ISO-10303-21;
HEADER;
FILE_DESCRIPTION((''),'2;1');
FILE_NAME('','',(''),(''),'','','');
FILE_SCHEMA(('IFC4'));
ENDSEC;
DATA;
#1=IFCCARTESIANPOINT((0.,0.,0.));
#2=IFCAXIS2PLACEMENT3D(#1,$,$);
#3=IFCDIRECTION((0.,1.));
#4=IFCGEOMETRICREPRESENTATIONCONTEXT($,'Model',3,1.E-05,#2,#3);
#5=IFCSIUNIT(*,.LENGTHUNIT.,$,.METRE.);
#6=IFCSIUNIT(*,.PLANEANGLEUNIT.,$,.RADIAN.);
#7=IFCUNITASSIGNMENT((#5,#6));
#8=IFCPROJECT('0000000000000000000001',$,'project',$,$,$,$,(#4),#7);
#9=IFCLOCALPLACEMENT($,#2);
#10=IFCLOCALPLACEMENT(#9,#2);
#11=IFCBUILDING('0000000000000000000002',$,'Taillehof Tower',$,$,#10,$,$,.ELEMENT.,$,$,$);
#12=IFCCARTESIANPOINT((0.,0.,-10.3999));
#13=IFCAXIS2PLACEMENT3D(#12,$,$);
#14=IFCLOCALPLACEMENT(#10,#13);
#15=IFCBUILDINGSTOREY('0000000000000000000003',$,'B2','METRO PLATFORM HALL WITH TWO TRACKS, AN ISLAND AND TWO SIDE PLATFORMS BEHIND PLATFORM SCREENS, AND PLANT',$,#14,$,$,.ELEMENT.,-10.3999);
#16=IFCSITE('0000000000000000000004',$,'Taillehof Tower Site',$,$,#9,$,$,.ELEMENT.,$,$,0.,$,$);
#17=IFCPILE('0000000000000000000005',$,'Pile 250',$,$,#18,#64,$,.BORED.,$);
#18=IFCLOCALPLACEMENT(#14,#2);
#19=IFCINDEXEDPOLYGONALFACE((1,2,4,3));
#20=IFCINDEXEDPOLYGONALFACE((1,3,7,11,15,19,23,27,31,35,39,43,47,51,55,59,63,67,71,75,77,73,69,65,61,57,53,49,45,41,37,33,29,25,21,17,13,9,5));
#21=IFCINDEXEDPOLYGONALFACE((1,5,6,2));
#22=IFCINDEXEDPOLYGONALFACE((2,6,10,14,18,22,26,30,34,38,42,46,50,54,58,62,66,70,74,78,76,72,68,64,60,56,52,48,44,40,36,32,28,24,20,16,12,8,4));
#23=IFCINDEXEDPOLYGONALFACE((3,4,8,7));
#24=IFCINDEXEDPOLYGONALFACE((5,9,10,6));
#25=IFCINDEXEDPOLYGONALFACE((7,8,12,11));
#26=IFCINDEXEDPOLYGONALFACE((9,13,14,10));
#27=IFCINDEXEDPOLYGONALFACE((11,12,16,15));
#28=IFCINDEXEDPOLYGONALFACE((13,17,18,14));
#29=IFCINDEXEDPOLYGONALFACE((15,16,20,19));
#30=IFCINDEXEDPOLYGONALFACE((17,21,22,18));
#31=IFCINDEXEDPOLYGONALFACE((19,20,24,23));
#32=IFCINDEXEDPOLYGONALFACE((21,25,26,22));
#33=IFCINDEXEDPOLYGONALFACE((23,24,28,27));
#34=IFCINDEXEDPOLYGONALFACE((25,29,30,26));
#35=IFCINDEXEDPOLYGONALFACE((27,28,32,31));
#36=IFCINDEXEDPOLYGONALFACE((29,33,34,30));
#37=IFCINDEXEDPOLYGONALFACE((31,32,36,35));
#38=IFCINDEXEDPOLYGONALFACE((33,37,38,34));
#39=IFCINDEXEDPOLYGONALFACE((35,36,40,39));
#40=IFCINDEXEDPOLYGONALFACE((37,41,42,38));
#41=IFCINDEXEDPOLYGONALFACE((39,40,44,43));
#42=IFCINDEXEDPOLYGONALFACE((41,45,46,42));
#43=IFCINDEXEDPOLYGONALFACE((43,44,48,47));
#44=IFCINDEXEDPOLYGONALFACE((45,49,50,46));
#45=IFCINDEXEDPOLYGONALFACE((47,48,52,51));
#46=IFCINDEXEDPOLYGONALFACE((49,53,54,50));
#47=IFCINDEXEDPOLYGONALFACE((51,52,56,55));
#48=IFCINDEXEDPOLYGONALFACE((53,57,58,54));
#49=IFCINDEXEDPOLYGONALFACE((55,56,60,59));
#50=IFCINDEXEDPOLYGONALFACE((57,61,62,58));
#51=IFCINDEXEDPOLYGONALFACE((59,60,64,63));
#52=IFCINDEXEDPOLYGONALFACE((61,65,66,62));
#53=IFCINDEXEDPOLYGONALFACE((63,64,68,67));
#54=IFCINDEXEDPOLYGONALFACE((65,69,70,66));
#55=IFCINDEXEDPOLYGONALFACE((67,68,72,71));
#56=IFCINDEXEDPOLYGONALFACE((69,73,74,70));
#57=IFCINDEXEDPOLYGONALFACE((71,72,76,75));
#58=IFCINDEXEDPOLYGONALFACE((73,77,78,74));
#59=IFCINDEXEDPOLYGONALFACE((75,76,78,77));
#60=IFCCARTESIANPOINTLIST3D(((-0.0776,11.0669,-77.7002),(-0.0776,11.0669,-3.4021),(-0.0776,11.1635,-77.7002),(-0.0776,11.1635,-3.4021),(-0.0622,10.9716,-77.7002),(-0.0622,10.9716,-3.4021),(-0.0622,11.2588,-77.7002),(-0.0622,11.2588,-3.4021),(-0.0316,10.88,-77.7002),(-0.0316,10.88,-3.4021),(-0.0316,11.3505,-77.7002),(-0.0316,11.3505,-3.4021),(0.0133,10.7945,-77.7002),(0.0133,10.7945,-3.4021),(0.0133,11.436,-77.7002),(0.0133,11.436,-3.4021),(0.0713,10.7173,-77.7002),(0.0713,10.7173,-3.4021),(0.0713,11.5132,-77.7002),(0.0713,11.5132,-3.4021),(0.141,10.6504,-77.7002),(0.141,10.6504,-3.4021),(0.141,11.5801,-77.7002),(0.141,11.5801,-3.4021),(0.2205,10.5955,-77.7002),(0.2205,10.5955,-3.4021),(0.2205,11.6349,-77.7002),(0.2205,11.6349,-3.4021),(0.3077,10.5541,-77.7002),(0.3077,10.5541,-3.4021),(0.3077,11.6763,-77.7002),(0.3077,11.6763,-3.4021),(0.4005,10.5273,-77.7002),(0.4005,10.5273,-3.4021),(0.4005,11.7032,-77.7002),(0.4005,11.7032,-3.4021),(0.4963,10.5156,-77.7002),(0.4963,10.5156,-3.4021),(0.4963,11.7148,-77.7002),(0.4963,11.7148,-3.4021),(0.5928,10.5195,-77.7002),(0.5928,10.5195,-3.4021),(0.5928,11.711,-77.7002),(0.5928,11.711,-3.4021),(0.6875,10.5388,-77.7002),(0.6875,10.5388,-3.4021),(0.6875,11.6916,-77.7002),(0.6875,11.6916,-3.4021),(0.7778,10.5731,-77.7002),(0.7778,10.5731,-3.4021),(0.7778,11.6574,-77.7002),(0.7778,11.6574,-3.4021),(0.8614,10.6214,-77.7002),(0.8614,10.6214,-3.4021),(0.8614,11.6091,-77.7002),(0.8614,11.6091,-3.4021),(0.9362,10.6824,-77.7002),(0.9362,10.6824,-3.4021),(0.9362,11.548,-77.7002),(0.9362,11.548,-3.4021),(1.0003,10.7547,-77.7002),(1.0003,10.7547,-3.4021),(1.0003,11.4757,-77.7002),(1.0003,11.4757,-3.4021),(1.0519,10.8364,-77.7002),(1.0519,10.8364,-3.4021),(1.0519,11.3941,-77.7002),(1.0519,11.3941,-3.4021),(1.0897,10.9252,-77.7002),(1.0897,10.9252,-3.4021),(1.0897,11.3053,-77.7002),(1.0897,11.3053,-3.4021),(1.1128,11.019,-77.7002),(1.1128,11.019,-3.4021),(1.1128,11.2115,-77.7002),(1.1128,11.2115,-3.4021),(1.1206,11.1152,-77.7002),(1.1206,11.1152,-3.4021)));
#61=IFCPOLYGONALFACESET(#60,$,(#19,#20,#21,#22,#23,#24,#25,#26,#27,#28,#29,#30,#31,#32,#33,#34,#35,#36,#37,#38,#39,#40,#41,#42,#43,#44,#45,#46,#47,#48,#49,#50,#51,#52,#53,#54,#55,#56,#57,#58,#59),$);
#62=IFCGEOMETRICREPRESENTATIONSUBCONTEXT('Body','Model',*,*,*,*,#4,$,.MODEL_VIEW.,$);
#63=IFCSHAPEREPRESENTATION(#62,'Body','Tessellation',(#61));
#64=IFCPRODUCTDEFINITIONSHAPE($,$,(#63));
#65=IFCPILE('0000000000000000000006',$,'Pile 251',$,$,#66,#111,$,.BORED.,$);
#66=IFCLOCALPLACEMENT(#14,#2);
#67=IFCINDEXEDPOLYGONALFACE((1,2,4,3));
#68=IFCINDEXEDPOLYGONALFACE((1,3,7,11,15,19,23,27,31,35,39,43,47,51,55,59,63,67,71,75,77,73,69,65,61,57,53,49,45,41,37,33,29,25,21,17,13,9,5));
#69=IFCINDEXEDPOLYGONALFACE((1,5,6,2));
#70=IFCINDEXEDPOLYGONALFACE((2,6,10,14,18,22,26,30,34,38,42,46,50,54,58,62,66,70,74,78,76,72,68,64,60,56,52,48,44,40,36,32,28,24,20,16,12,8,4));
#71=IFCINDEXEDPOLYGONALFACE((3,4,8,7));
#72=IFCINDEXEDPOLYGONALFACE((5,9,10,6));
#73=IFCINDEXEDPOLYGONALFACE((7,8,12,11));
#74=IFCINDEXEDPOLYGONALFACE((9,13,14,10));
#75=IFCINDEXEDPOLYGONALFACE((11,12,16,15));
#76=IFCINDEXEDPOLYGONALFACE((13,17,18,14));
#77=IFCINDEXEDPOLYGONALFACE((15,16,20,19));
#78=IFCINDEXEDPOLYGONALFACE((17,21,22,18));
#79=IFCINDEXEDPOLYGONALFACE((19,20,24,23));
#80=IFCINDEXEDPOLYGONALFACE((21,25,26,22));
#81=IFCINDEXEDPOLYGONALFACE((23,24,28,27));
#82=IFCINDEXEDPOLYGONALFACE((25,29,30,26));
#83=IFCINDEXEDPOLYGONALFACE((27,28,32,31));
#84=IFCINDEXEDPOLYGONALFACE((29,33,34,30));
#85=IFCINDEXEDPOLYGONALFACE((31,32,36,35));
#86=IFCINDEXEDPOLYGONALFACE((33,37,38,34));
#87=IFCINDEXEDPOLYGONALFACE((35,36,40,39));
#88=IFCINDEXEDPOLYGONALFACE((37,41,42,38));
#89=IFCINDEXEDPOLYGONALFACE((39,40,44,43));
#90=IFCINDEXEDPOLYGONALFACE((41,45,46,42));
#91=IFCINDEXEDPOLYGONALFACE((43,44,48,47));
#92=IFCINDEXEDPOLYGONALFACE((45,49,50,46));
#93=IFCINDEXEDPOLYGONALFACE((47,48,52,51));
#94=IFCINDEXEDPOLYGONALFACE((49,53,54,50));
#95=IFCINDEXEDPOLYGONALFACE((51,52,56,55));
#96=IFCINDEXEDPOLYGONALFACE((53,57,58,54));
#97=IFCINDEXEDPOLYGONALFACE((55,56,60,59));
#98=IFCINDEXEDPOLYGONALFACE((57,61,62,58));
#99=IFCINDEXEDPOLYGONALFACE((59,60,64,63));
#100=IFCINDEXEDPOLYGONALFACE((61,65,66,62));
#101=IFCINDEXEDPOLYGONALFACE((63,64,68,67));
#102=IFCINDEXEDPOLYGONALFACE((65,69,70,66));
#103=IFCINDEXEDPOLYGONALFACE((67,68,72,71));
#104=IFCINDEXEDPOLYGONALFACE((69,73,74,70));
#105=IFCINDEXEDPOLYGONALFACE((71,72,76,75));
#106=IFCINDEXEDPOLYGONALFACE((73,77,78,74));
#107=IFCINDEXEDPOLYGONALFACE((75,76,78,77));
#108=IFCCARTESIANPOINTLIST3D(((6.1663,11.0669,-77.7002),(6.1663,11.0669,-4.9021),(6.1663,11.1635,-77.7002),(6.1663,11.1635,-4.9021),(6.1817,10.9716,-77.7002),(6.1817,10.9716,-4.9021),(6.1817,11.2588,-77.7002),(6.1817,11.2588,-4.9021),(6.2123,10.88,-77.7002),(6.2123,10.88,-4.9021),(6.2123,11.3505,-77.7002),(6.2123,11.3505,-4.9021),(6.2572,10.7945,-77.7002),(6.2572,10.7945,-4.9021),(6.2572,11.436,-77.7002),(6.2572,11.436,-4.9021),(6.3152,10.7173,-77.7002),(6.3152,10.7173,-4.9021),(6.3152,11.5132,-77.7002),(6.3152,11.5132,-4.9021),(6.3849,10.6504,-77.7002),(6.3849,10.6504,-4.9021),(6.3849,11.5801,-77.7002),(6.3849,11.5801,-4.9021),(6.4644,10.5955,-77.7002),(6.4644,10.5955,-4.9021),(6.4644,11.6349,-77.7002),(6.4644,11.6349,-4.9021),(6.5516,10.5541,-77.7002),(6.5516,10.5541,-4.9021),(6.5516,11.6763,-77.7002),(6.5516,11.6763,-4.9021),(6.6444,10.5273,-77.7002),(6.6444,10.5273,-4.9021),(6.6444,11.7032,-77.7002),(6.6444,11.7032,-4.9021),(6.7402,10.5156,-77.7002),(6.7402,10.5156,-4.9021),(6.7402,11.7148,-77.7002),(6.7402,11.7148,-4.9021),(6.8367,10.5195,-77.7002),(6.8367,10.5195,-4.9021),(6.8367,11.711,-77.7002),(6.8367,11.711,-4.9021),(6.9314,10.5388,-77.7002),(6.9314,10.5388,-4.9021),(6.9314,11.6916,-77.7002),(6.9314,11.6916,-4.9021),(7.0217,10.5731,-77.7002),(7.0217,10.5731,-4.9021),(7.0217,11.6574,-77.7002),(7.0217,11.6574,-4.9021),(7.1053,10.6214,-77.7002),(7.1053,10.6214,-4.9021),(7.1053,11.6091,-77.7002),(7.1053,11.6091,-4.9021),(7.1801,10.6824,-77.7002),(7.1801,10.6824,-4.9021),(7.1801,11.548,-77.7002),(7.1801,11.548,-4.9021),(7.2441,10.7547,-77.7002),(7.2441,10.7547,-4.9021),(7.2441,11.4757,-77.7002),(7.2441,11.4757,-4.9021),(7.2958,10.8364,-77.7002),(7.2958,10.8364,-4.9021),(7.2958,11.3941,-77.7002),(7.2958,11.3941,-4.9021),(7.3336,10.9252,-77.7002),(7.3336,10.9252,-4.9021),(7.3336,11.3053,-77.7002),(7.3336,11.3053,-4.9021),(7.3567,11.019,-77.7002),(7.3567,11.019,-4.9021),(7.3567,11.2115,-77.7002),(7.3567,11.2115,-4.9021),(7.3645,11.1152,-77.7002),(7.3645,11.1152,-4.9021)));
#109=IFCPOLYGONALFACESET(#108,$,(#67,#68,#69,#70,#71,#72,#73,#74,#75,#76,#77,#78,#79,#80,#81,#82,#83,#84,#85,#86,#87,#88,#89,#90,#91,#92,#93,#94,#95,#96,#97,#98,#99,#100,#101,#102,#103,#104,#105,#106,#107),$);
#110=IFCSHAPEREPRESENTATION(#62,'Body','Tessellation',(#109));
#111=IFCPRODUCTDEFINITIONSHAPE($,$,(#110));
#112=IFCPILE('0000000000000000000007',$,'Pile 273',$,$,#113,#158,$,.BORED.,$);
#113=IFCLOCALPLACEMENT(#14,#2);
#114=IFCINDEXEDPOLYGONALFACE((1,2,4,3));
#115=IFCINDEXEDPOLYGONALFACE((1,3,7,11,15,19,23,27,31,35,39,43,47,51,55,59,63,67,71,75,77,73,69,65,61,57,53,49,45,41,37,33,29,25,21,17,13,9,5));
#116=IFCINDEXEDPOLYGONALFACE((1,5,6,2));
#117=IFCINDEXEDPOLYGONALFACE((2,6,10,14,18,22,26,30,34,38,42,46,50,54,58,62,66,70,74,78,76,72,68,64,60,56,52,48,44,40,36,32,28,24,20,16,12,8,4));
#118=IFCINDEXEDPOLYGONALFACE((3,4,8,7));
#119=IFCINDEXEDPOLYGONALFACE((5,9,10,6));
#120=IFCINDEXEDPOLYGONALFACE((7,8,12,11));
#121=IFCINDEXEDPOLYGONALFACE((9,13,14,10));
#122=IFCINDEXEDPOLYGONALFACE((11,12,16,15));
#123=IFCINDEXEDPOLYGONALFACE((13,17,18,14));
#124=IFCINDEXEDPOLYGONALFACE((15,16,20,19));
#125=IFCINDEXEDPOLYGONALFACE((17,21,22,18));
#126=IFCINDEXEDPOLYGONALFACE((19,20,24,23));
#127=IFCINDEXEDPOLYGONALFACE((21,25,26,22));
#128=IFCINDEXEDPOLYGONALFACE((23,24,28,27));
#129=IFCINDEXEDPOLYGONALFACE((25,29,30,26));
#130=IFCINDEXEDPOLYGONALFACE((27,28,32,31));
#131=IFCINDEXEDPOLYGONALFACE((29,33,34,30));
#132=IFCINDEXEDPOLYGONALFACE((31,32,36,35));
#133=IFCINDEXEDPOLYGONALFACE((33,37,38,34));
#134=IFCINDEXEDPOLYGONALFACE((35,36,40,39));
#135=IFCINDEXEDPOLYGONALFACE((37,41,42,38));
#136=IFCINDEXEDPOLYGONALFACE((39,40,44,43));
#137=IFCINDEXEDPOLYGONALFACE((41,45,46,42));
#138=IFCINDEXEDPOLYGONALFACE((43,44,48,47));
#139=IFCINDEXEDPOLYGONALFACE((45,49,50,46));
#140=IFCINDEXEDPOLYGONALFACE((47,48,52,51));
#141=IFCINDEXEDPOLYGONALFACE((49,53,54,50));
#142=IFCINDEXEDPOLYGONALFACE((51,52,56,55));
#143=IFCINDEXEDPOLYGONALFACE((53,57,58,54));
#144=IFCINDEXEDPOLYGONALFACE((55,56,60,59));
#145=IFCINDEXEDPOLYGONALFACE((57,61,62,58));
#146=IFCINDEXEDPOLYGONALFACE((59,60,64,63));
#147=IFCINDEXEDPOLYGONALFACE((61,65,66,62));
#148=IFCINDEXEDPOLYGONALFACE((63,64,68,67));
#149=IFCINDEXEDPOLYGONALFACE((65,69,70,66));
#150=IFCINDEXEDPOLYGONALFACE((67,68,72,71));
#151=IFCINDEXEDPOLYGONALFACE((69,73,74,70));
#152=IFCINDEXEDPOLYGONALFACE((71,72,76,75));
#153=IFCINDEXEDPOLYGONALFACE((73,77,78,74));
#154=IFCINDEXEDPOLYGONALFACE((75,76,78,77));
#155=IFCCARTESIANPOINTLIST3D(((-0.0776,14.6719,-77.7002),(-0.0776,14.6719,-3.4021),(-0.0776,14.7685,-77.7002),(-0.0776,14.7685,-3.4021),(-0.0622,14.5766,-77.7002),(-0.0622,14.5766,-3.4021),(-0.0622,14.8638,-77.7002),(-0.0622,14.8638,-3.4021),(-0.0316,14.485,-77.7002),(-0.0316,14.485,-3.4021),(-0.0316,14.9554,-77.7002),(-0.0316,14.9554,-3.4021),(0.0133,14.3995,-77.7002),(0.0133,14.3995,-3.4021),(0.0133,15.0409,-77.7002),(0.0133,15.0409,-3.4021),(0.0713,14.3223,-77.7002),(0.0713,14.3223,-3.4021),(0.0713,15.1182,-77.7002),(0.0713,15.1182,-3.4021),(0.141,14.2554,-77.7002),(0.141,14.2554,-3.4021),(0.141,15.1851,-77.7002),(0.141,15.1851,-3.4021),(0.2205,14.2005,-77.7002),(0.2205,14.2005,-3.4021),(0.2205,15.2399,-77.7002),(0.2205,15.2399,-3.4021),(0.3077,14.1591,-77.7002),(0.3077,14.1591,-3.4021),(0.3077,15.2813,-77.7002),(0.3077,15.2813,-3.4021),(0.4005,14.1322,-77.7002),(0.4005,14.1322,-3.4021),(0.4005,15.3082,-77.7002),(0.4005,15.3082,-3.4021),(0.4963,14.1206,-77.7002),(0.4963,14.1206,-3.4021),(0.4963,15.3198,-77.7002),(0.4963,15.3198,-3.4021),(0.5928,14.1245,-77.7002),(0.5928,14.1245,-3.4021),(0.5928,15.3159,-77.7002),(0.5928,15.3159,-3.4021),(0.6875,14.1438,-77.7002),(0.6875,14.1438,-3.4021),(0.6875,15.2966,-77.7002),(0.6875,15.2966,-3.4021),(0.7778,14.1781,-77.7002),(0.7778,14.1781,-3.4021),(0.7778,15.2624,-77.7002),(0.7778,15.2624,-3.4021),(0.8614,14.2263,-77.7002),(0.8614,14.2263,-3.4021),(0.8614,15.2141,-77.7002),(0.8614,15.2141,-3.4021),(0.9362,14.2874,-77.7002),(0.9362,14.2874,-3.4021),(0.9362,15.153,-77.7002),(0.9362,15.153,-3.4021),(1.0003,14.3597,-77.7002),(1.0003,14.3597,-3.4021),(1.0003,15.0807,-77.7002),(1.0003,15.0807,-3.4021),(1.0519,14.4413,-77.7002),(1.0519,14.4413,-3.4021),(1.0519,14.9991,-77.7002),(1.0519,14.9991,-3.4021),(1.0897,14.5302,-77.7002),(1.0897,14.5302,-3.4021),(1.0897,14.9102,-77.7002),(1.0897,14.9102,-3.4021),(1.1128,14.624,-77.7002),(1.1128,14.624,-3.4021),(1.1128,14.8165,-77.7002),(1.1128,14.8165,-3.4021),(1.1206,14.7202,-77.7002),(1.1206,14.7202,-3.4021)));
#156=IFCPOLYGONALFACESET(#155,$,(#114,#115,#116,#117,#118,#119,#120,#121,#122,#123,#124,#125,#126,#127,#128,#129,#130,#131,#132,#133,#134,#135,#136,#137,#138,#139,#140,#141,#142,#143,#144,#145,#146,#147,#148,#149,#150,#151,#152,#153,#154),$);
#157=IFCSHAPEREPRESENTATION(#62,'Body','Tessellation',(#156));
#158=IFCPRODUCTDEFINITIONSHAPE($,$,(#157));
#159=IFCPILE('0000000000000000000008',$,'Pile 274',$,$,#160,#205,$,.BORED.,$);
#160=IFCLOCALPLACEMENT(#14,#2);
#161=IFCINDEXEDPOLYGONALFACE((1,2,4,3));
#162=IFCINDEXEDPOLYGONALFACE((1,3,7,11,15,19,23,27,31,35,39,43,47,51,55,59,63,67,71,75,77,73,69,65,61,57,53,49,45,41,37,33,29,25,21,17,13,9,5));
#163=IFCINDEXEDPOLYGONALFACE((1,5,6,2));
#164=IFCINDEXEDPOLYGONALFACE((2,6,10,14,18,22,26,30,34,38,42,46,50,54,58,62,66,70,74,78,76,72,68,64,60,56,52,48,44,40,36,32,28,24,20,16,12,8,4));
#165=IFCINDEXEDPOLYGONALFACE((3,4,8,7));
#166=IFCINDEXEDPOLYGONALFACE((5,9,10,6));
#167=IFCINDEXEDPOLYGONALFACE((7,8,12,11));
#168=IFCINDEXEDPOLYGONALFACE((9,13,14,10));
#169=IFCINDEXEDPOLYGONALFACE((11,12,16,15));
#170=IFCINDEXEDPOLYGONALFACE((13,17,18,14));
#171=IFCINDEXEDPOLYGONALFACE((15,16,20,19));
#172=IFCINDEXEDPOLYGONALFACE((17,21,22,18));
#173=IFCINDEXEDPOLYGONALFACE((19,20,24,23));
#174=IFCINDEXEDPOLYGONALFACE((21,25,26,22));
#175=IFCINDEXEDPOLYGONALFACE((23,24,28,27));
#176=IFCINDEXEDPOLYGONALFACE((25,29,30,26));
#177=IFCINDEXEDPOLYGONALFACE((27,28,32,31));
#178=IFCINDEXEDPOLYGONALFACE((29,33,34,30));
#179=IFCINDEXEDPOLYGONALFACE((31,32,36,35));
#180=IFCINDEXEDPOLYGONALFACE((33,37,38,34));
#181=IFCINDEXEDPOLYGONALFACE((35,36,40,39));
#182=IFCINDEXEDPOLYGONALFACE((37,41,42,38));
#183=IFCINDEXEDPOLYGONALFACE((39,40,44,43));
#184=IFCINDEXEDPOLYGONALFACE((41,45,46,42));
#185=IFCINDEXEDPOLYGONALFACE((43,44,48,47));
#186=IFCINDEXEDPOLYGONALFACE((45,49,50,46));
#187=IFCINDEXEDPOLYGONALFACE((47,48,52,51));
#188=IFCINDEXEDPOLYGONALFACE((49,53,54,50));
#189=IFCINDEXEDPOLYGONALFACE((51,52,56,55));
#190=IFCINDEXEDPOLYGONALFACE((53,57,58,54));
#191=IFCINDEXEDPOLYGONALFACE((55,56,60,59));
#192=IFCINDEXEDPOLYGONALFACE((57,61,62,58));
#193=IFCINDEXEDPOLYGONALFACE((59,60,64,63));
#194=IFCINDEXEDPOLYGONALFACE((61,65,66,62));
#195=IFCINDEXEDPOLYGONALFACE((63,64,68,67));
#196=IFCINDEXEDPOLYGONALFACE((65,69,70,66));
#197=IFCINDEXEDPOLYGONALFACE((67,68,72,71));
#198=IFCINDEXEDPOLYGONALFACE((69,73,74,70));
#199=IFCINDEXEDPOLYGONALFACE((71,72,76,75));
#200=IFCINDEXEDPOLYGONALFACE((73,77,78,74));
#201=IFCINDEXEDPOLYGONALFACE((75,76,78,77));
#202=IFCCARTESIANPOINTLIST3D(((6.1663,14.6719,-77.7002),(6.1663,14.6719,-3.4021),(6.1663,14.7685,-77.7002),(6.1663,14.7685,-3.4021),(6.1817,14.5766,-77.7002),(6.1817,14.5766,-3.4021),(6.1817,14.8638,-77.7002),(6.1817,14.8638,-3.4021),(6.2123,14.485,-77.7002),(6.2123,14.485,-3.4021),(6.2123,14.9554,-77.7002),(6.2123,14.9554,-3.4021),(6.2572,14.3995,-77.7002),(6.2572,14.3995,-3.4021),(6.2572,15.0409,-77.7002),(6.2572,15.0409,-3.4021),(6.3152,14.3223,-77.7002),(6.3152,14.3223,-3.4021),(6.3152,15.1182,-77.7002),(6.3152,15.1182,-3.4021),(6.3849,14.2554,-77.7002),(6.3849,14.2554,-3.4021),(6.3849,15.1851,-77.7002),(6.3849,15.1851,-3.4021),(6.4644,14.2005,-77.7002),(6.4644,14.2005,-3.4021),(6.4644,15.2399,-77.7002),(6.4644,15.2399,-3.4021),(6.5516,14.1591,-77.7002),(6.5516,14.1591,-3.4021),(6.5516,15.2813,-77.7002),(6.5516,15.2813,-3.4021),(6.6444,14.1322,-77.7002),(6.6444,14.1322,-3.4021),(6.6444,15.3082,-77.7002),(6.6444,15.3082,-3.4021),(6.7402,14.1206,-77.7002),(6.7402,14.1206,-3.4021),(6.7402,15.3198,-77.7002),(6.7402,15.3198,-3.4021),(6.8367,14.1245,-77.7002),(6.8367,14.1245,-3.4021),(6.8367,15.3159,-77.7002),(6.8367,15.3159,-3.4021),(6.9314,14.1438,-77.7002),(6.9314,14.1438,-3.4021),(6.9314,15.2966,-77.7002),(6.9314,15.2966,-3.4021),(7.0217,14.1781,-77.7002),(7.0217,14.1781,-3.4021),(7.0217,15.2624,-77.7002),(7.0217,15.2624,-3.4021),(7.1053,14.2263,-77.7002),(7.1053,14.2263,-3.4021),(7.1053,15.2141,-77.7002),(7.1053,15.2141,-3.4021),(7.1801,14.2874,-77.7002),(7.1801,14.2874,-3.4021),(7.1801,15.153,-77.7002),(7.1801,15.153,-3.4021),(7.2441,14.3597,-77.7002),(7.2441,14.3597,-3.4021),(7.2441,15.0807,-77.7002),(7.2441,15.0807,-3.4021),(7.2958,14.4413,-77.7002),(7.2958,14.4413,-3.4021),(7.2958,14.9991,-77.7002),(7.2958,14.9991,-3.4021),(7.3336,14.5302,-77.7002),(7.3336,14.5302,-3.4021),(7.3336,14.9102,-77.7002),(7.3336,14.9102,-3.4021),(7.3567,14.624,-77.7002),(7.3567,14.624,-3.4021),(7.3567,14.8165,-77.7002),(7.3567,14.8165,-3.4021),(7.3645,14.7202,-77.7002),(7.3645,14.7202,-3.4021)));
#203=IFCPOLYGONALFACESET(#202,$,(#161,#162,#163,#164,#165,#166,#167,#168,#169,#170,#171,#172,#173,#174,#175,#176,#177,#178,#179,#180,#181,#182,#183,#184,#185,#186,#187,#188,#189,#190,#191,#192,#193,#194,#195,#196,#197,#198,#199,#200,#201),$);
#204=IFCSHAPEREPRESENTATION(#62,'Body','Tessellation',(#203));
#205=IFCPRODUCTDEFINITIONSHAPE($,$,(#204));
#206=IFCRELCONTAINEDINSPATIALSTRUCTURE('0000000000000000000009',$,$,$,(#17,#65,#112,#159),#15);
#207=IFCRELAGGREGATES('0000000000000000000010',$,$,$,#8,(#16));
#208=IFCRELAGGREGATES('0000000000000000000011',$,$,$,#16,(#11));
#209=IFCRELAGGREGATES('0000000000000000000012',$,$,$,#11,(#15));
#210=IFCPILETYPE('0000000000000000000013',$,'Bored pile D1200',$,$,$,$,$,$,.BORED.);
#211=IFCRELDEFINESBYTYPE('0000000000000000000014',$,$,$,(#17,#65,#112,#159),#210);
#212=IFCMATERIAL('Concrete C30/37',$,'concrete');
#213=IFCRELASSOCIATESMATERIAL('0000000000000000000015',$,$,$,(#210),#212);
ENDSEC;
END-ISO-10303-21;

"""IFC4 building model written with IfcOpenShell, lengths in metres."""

from ifc_helpers import new_model, si_unit, direction, frame, origin, origin_2d, place, context, subcontext, project, spatial, circle, extrude, material, material_profile, profile_set, type_object, element, save


model = new_model("IFC4")

# Units and contexts
model_context = context("Model", 3, precision=1e-05, world=origin(), true_north=direction((0.0, 1.0)))
body_context = subcontext(model_context, "Body", "Model", "MODEL_VIEW")
ifc_project = project(units=[si_unit("LENGTHUNIT", "METRE"), si_unit("PLANEANGLEUNIT", "RADIAN")], contexts=[model_context])

# Site, building, storey
site_placement = place(None, origin())
site = spatial("IfcSite", under=ifc_project, at=site_placement, Name="Taillehof Tower Site", CompositionType="ELEMENT", RefElevation=0.0)
building_placement = place(site_placement, origin())
building = spatial("IfcBuilding", under=site, at=building_placement, Name="Taillehof Tower", CompositionType="ELEMENT")
storey_placement = place(building_placement, frame((0.0, 0.0, -10.3999)))
storey = spatial("IfcBuildingStorey", under=building, at=storey_placement, Name="B2", Description="METRO PLATFORM HALL WITH TWO TRACKS, AN ISLAND AND TWO SIDE PLATFORMS BEHIND PLATFORM SCREENS, AND PLANT", CompositionType="ELEMENT", Elevation=-10.3999)

# Piles
ifc_material_1 = material(Name="Concrete C30/37", Category="concrete")
ifc_material_profile_1 = material_profile(ifc_material_1, circle(Radius=0.6001, at=origin_2d()), Name="BP D1200")
ifc_profile_set_1 = profile_set([ifc_material_profile_1], Name="Concrete C30/37")
pile_type = type_object("IfcPileType", Name="Bored pile D1200", PredefinedType="BORED", material=ifc_profile_set_1)
pile_1_placement = place(storey_placement, frame((0.5205, 11.1152, -3.4021), z_axis=(0.0, 0.0, -1.0), x_axis=(1.0, 0.0, 0.0)))
element("IfcPile", 1, at=pile_1_placement, inside=storey, type_object=pile_type, Name="Pile 250", PredefinedType="BORED", context=body_context, shape_type="SweptSolid", body=[
    extrude(circle(Radius=0.6001, at=origin_2d()), origin(), (0.0, 0.0, 1.0), 74.2981),
])
pile_2_placement = place(storey_placement, frame((6.7644, 11.1152, -4.9021), z_axis=(0.0, 0.0, -1.0), x_axis=(1.0, 0.0, 0.0)))
element("IfcPile", 2, at=pile_2_placement, inside=storey, type_object=pile_type, Name="Pile 251", PredefinedType="BORED", context=body_context, shape_type="SweptSolid", body=[
    extrude(circle(Radius=0.6001, at=origin_2d()), origin(), (0.0, 0.0, 1.0), 72.7981),
])
for number, where, z_axis, x_axis, name in (
    (3, (0.5205, 14.7202, -3.4021), (0.0, 0.0, -1.0), (1.0, 0.0, 0.0), "Pile 273"),
    (4, (6.7644, 14.7202, -3.4021), (0.0, 0.0, -1.0), (1.0, 0.0, 0.0), "Pile 274"),
):
    element("IfcPile", number, at=place(storey_placement, frame(where, z_axis=z_axis, x_axis=x_axis)), inside=storey, type_object=pile_type, Name=name, PredefinedType="BORED", context=body_context, shape_type="SweptSolid", body=[
        extrude(circle(Radius=0.6001, at=origin_2d()), origin(), (0.0, 0.0, 1.0), 74.2981),
    ])

save(model, "model.ifc")
